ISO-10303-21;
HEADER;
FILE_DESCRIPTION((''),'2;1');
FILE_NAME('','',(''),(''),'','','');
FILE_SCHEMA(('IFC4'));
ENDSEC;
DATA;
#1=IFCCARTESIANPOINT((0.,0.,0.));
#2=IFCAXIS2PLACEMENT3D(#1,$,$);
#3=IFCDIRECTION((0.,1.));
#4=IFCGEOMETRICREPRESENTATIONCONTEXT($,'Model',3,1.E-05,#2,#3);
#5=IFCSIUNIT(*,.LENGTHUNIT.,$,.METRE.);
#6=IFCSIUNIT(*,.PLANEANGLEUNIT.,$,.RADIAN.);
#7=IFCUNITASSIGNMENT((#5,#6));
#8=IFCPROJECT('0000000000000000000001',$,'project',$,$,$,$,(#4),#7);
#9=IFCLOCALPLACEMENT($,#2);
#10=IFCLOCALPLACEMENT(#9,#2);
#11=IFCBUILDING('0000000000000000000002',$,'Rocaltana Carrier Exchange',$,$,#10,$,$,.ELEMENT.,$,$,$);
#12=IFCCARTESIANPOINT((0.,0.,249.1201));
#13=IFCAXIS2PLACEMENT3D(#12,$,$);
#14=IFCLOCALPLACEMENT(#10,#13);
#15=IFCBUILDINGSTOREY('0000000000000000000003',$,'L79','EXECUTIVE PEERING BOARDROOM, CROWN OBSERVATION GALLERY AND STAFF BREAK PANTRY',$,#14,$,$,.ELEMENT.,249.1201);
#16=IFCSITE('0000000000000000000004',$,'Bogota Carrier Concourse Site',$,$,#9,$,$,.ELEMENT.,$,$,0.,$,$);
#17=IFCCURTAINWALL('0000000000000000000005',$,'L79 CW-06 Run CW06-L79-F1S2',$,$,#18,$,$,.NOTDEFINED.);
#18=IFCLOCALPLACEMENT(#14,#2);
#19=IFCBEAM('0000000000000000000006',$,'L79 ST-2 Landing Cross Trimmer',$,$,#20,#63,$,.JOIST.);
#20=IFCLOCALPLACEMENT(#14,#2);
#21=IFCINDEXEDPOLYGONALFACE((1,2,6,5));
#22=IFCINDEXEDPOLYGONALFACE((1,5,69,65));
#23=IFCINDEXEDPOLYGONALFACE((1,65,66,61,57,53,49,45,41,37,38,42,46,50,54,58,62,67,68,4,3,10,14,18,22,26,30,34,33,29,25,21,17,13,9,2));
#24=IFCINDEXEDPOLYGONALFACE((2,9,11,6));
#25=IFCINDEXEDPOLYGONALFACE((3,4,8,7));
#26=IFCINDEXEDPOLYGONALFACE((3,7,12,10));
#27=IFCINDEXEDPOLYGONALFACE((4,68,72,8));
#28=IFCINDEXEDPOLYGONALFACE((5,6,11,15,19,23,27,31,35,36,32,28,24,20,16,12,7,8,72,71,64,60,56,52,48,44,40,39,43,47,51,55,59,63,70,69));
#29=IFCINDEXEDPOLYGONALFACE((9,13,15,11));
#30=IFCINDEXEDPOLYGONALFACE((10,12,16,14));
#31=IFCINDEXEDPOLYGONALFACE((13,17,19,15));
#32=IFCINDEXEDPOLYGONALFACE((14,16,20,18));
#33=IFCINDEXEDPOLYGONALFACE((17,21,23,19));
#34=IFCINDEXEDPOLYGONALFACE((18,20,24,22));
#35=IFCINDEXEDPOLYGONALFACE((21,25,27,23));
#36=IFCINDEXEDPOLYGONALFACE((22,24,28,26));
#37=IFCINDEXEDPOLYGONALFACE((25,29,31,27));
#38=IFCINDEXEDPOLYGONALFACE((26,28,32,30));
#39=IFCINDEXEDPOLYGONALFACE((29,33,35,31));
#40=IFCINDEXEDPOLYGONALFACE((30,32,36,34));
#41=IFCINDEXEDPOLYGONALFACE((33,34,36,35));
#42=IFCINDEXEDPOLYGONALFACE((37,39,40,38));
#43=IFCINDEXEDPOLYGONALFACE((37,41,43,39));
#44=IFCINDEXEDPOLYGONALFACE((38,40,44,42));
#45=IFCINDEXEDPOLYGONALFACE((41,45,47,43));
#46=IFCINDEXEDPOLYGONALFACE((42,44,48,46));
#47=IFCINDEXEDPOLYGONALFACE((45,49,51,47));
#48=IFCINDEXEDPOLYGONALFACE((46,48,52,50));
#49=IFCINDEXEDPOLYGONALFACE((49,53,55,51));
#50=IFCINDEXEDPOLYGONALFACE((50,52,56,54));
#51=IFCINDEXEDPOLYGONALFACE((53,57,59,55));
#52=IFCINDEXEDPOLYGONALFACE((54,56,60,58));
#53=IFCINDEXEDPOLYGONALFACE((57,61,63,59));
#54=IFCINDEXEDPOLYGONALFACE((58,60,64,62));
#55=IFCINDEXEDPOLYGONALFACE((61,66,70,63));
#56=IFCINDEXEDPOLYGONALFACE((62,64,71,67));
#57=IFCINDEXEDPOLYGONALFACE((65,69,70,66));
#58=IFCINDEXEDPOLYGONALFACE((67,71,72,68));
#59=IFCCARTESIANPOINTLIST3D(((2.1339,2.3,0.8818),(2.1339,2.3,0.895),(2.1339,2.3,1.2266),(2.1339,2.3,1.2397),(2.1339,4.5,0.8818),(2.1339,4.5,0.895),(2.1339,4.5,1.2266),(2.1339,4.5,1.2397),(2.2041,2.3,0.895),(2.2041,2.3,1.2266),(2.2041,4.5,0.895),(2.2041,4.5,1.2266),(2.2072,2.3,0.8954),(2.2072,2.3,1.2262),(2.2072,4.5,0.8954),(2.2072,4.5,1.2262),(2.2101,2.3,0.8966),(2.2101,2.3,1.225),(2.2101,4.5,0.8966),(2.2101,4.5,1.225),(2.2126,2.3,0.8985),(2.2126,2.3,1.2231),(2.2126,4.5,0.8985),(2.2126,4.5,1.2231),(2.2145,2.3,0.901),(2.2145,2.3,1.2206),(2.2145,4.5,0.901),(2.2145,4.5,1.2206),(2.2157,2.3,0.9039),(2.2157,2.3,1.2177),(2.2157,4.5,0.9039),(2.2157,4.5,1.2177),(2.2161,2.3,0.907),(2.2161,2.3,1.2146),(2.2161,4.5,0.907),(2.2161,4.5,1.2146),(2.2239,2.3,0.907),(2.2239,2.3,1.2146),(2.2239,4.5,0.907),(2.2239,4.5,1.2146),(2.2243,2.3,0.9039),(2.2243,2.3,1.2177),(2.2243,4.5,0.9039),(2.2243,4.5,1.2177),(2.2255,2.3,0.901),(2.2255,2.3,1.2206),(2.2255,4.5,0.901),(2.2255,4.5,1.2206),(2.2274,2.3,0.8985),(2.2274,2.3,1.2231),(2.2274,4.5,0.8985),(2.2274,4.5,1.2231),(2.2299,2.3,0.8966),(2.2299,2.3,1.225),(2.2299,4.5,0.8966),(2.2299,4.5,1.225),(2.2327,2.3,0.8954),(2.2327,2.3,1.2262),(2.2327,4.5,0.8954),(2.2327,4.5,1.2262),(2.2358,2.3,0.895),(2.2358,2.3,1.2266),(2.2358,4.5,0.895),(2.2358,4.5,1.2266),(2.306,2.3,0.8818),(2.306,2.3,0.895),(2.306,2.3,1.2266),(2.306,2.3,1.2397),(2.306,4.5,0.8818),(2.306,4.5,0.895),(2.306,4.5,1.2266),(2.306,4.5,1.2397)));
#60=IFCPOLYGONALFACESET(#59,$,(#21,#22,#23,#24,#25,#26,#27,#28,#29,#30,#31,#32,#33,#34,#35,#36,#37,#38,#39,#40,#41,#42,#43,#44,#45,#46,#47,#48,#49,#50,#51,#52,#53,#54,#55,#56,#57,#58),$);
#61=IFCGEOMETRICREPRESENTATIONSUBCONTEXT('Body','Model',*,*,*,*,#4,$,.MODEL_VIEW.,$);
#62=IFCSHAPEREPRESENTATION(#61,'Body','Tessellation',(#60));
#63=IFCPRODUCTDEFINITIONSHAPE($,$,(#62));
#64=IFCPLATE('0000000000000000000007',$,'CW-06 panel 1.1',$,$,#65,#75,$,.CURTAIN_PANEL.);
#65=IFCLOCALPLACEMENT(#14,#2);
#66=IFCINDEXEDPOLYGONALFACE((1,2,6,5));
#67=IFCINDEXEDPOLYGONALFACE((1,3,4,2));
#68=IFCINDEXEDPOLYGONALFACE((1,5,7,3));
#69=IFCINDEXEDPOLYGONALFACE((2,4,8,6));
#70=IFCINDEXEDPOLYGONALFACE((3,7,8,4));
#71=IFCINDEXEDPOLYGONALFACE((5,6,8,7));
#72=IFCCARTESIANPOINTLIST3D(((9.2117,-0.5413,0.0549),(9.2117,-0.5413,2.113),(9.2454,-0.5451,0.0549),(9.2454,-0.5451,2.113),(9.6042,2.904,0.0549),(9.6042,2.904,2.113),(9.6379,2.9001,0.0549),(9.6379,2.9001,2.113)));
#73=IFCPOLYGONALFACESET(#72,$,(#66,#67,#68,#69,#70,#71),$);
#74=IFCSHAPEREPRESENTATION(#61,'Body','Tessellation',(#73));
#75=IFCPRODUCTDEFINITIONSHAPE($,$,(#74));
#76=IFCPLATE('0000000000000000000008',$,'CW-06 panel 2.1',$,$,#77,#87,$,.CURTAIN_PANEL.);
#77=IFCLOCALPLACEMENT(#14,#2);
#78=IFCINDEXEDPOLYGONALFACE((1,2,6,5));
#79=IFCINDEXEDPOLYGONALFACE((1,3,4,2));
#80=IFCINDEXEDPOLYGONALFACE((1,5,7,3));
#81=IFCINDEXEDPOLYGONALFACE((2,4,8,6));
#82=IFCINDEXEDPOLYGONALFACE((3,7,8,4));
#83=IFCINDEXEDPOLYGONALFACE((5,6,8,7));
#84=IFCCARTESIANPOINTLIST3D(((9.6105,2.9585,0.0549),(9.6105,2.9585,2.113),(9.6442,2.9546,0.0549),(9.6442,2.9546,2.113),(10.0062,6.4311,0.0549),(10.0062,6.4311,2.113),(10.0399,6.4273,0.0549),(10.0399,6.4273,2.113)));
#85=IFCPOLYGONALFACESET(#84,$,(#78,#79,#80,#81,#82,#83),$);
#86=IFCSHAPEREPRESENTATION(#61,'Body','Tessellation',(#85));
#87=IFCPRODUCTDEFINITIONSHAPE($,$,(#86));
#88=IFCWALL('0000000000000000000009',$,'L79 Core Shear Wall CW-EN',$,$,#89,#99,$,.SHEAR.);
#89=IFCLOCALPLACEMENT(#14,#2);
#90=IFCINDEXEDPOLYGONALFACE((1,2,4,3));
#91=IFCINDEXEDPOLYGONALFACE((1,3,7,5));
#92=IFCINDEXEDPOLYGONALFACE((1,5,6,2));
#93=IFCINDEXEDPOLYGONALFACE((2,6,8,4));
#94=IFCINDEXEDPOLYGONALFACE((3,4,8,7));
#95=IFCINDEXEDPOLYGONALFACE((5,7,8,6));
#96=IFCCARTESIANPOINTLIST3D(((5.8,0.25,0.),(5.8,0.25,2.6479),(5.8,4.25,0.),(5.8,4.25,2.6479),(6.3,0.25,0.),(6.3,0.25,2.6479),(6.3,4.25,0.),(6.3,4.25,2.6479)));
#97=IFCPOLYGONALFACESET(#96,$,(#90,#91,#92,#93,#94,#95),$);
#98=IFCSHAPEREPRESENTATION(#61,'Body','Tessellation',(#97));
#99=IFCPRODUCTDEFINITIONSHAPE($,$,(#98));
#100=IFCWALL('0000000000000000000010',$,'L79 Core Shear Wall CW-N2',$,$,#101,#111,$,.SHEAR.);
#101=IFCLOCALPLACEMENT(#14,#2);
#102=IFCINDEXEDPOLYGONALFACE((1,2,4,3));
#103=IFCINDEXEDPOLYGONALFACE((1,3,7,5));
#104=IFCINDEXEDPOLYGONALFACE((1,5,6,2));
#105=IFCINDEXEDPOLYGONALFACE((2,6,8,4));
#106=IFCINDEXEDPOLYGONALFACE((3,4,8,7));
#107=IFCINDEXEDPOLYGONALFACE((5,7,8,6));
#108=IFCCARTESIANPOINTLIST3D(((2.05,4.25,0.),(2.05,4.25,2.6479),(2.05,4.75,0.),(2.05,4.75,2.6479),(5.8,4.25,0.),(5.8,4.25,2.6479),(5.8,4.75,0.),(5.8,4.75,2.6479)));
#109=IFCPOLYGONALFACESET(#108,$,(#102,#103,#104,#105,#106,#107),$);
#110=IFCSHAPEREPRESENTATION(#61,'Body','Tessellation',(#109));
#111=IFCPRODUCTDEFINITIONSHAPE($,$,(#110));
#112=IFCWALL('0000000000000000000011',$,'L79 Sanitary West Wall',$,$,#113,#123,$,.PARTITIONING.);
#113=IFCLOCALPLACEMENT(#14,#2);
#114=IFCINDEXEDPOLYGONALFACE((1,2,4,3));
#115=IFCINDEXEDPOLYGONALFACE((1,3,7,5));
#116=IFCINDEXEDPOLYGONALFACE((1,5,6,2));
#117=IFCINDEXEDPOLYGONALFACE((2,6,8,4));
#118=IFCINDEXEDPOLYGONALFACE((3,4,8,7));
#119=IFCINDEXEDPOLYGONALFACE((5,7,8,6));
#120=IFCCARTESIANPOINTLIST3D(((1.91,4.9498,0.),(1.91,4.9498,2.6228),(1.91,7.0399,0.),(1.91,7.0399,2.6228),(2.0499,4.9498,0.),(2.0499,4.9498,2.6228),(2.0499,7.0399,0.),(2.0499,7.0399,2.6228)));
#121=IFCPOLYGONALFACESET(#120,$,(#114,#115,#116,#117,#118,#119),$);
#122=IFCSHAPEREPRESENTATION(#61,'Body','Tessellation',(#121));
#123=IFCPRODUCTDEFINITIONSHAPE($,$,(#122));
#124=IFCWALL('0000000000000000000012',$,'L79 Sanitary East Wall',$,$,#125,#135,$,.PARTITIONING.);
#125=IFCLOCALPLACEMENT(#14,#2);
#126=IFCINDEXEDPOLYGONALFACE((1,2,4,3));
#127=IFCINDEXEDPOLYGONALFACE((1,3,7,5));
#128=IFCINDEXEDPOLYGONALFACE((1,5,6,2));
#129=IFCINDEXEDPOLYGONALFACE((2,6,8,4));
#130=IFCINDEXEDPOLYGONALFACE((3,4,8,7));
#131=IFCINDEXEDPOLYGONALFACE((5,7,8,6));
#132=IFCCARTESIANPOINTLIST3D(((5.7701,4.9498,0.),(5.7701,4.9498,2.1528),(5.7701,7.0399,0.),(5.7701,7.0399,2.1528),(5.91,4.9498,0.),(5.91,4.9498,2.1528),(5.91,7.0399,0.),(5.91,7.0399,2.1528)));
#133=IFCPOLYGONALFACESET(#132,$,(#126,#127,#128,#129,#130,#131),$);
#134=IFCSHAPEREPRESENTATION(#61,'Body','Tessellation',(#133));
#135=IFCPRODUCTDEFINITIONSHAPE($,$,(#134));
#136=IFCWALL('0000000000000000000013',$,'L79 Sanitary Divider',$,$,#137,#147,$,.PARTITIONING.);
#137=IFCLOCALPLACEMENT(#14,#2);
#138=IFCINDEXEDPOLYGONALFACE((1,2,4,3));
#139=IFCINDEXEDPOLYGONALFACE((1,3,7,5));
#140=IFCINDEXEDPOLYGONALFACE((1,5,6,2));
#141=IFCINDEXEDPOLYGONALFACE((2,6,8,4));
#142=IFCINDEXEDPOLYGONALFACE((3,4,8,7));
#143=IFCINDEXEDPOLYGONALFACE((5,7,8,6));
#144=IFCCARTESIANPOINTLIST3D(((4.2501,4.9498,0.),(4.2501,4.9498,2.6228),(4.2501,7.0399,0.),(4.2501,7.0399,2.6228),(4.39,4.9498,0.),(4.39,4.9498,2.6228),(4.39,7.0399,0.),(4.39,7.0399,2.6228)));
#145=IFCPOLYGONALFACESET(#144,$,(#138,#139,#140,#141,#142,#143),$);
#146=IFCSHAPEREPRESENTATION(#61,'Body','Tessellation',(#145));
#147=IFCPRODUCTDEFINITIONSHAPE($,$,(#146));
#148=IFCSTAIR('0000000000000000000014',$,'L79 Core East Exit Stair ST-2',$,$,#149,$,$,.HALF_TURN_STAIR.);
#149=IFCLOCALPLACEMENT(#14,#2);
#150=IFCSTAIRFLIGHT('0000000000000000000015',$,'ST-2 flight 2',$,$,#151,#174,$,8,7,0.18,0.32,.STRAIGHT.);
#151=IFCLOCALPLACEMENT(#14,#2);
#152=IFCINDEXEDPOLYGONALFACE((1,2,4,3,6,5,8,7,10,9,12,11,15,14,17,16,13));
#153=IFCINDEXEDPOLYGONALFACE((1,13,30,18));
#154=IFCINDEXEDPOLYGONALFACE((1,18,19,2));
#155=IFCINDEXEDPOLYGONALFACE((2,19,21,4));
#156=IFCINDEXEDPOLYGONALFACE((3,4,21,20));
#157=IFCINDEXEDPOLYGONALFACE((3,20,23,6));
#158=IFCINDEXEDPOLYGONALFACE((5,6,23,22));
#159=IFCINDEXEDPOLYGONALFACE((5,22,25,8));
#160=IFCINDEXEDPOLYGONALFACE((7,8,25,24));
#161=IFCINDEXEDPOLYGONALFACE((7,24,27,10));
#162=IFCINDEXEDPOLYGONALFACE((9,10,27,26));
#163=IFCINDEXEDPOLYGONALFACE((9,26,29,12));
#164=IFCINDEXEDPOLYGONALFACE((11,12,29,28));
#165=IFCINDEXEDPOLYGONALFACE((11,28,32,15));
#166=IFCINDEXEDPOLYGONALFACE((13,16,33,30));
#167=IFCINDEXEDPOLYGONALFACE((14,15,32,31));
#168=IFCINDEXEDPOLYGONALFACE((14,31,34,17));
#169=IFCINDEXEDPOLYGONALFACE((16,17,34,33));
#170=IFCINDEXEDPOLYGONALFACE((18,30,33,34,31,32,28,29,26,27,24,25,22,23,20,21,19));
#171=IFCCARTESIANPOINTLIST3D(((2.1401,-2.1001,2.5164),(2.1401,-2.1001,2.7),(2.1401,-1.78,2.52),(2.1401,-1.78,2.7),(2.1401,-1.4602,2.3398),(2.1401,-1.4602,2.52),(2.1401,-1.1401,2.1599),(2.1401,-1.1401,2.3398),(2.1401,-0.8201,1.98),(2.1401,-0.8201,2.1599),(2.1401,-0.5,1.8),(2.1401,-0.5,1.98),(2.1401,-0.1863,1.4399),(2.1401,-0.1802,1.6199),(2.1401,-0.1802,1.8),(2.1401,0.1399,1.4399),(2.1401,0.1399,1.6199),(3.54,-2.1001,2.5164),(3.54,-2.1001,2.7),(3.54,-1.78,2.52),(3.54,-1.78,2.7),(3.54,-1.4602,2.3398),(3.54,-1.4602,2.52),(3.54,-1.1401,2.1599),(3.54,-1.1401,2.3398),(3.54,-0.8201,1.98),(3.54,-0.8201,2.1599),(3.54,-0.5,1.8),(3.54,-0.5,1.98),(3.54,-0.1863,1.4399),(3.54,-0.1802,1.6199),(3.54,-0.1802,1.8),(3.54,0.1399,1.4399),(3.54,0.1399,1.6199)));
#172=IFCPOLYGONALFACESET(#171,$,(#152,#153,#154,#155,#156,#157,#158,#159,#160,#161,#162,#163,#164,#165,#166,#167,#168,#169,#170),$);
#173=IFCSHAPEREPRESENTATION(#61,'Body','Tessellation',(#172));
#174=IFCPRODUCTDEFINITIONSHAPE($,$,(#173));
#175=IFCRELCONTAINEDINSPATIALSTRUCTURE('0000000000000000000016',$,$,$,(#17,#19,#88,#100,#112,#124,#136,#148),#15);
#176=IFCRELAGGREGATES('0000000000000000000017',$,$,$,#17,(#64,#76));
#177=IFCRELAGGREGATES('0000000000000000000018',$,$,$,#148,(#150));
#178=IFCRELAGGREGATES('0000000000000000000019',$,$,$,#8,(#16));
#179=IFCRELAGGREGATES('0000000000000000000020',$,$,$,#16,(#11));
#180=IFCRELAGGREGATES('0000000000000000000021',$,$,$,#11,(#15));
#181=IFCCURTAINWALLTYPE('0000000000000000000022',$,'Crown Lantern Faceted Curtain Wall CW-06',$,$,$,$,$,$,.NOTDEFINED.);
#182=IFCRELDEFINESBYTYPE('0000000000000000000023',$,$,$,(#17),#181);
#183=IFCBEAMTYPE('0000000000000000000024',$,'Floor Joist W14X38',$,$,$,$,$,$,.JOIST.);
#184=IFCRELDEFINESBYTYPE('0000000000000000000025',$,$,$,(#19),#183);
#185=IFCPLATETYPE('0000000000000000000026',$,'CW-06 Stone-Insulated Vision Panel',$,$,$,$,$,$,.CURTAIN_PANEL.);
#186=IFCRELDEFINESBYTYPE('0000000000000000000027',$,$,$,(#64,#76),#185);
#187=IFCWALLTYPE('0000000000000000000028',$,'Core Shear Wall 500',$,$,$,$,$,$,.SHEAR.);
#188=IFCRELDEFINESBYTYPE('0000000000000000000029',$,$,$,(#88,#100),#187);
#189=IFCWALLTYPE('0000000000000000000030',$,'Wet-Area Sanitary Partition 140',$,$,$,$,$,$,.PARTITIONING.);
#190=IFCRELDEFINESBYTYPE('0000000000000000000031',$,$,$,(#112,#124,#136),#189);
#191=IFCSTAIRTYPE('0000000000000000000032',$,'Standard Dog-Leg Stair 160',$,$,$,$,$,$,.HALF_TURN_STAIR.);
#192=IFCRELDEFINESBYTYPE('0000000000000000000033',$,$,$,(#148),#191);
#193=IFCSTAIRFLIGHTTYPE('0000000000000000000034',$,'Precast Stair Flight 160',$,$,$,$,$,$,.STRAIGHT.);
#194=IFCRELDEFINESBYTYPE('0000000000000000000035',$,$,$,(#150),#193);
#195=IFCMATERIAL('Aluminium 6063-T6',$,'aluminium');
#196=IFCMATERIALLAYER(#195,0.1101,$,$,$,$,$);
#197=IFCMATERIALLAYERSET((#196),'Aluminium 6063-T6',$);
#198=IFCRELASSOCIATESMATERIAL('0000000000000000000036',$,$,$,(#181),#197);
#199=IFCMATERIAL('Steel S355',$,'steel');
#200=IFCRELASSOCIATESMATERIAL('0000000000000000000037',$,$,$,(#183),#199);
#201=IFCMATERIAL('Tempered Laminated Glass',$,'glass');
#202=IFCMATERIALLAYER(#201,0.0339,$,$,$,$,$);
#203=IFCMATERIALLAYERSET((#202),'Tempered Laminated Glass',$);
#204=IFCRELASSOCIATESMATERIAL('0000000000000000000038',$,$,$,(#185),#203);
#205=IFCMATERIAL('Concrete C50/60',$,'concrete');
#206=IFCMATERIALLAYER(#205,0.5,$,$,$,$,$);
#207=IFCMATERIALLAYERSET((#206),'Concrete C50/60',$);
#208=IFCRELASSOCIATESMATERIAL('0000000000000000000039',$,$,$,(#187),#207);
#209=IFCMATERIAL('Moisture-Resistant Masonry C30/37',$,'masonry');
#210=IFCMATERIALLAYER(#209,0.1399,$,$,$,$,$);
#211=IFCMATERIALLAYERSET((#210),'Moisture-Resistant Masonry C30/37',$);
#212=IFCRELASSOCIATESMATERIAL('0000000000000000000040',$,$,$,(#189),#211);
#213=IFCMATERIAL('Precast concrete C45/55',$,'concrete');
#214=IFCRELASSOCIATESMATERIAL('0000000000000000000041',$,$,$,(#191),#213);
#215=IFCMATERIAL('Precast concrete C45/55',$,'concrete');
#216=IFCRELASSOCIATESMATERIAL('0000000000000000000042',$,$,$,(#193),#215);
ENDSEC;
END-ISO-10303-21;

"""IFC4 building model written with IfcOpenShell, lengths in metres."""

from ifc_helpers import new_model, si_unit, direction, frame, frame_2d, origin, origin_2d, place, context, subcontext, project, spatial, polyline, rectangle, i_section, outline, extrude, material, layer, layer_set, material_profile, profile_set, type_object, element, aggregate, save


model = new_model("IFC4")

# Units and contexts
model_context = context("Model", 3, precision=1e-05, world=origin(), true_north=direction((0.0, 1.0)))
body_context = subcontext(model_context, "Body", "Model", "MODEL_VIEW")
ifc_project = project(units=[si_unit("LENGTHUNIT", "METRE"), si_unit("PLANEANGLEUNIT", "RADIAN")], contexts=[model_context])

# Site, building, storey
site_placement = place(None, origin())
site = spatial("IfcSite", under=ifc_project, at=site_placement, Name="Bogota Carrier Concourse Site", CompositionType="ELEMENT", RefElevation=0.0)
building_placement = place(site_placement, origin())
building = spatial("IfcBuilding", under=site, at=building_placement, Name="Rocaltana Carrier Exchange", CompositionType="ELEMENT")
storey_placement = place(building_placement, frame((0.0, 0.0, 249.1201)))
storey = spatial("IfcBuildingStorey", under=building, at=storey_placement, Name="L79", Description="EXECUTIVE PEERING BOARDROOM, CROWN OBSERVATION GALLERY AND STAFF BREAK PANTRY", CompositionType="ELEMENT", Elevation=249.1201)

# Curtain wall
ifc_material_1 = material(Name="Aluminium 6063-T6", Category="aluminium")
ifc_layer_1 = layer(ifc_material_1, 0.1101)
ifc_layer_set_1 = layer_set([ifc_layer_1], Name="Aluminium 6063-T6")
curtain_wall_type = type_object("IfcCurtainWallType", Name="Crown Lantern Faceted Curtain Wall CW-06", PredefinedType="NOTDEFINED", material=ifc_layer_set_1)
curtain_wall_placement = place(storey_placement, origin())
curtain_wall = element("IfcCurtainWall", 1, at=curtain_wall_placement, inside=storey, type_object=curtain_wall_type, Name="L79 CW-06 Run CW06-L79-F1S2", PredefinedType="NOTDEFINED")

# Beam
ifc_material_2 = material(Name="Steel S355", Category="steel")
ifc_material_profile_1 = material_profile(ifc_material_2, i_section(OverallWidth=0.1721, OverallDepth=0.3579, WebThickness=0.0078, FlangeThickness=0.0132, FilletRadius=0.012, at=origin_2d()), Name="W14X38")
ifc_profile_set_1 = profile_set([ifc_material_profile_1], Name="Steel S355")
beam_type_1 = type_object("IfcBeamType", Name="Floor Joist W14X38", PredefinedType="JOIST", material=ifc_profile_set_1)
beam_1_placement = place(storey_placement, frame((2.22, 2.3, 1.0608), z_axis=(0.0, 1.0, 0.0), x_axis=(-1.0, 0.0, 0.0)))
element("IfcBeam", 2, at=beam_1_placement, inside=storey, type_object=beam_type_1, Name="L79 ST-2 Landing Cross Trimmer", PredefinedType="JOIST", context=body_context, shape_type="SweptSolid", body=[
    extrude(i_section(OverallWidth=0.1721, OverallDepth=0.3579, WebThickness=0.0078, FlangeThickness=0.0132, FilletRadius=0.012, at=origin_2d()), origin(), (0.0, 0.0, 1.0), 2.2),
])

# Plates
ifc_material_3 = material(Name="Tempered Laminated Glass", Category="glass")
ifc_layer_2 = layer(ifc_material_3, 0.0339)
ifc_layer_set_2 = layer_set([ifc_layer_2], Name="Tempered Laminated Glass")
plate_type = type_object("IfcPlateType", Name="CW-06 Stone-Insulated Vision Panel", PredefinedType="CURTAIN_PANEL", material=ifc_layer_set_2)
plate_1_placement = place(storey_placement, frame((9.4248, 1.1794, 0.0549), z_axis=(0.0, 0.0, 1.0), x_axis=(0.113204, 0.993572, 0.0)))
plate_1 = element("IfcPlate", 3, at=plate_1_placement, type_object=plate_type, Name="CW-06 panel 1.1", PredefinedType="CURTAIN_PANEL", context=body_context, shape_type="SweptSolid", body=[
    extrude(rectangle(XDim=3.4675, YDim=0.0339, at=origin_2d()), origin(), (0.0, 0.0, 1.0), 2.0581),
])
plate_2_placement = place(storey_placement, frame((9.8252, 4.6929, 0.0549), z_axis=(0.0, 0.0, 1.0), x_axis=(0.113204, 0.993572, 0.0)))
plate_2 = element("IfcPlate", 4, at=plate_2_placement, type_object=plate_type, Name="CW-06 panel 2.1", PredefinedType="CURTAIN_PANEL", context=body_context, shape_type="SweptSolid", body=[
    extrude(rectangle(XDim=3.4951, YDim=0.0339, at=origin_2d()), origin(), (0.0, 0.0, 1.0), 2.0581),
])
aggregate(curtain_wall, [plate_1, plate_2])

# Walls
ifc_material_4 = material(Name="Concrete C50/60", Category="concrete")
ifc_layer_3 = layer(ifc_material_4, 0.5)
ifc_layer_set_3 = layer_set([ifc_layer_3], Name="Concrete C50/60")
wall_type_1 = type_object("IfcWallType", Name="Core Shear Wall 500", PredefinedType="SHEAR", material=ifc_layer_set_3)
wall_1_placement = place(storey_placement, frame((6.05, 0.25, 0.0), z_axis=(0.0, 0.0, 1.0), x_axis=(0.0, 1.0, 0.0)))
element("IfcWall", 5, at=wall_1_placement, inside=storey, type_object=wall_type_1, Name="L79 Core Shear Wall CW-EN", PredefinedType="SHEAR", context=body_context, shape_type="SweptSolid", body=[
    extrude(rectangle(XDim=4.0, YDim=0.5, at=frame_2d((2.0, 0.0))), origin(), (0.0, 0.0, 1.0), 2.6479),
])
wall_2_placement = place(storey_placement, frame((2.05, 4.5, 0.0), z_axis=(0.0, 0.0, 1.0), x_axis=(1.0, 0.0, 0.0)))
element("IfcWall", 6, at=wall_2_placement, inside=storey, type_object=wall_type_1, Name="L79 Core Shear Wall CW-N2", PredefinedType="SHEAR", context=body_context, shape_type="SweptSolid", body=[
    extrude(rectangle(XDim=3.75, YDim=0.5, at=frame_2d((1.875, 0.0))), origin(), (0.0, 0.0, 1.0), 2.6479),
])
ifc_material_5 = material(Name="Moisture-Resistant Masonry C30/37", Category="masonry")
ifc_layer_4 = layer(ifc_material_5, 0.1399)
ifc_layer_set_4 = layer_set([ifc_layer_4], Name="Moisture-Resistant Masonry C30/37")
wall_type_2 = type_object("IfcWallType", Name="Wet-Area Sanitary Partition 140", PredefinedType="PARTITIONING", material=ifc_layer_set_4)
wall_3_placement = place(storey_placement, frame((1.98, 4.95, 0.0), z_axis=(0.0, 0.0, 1.0), x_axis=(0.0, 1.0, 0.0)))
element("IfcWall", 7, at=wall_3_placement, inside=storey, type_object=wall_type_2, Name="L79 Sanitary West Wall", PredefinedType="PARTITIONING", context=body_context, shape_type="SweptSolid", body=[
    extrude(rectangle(XDim=2.0901, YDim=0.1399, at=frame_2d((1.0449, 0.0))), origin(), (0.0, 0.0, 1.0), 2.6228),
])
wall_4_placement = place(storey_placement, frame((5.8401, 4.95, 0.0), z_axis=(0.0, 0.0, 1.0), x_axis=(0.0, 1.0, 0.0)))
element("IfcWall", 8, at=wall_4_placement, inside=storey, type_object=wall_type_2, Name="L79 Sanitary East Wall", PredefinedType="PARTITIONING", context=body_context, shape_type="SweptSolid", body=[
    extrude(rectangle(XDim=2.0901, YDim=0.1399, at=frame_2d((1.0449, 0.0))), origin(), (0.0, 0.0, 1.0), 2.1528),
])
wall_5_placement = place(storey_placement, frame((4.3201, 4.95, 0.0), z_axis=(0.0, 0.0, 1.0), x_axis=(0.0, 1.0, 0.0)))
element("IfcWall", 9, at=wall_5_placement, inside=storey, type_object=wall_type_2, Name="L79 Sanitary Divider", PredefinedType="PARTITIONING", context=body_context, shape_type="SweptSolid", body=[
    extrude(rectangle(XDim=2.0901, YDim=0.1399, at=frame_2d((1.0449, 0.0))), origin(), (0.0, 0.0, 1.0), 2.6228),
])

# Stair, stair flight
ifc_material_6 = material(Name="Precast concrete C45/55", Category="concrete")
stair_type = type_object("IfcStairType", Name="Standard Dog-Leg Stair 160", PredefinedType="HALF_TURN_STAIR", material=ifc_material_6)
stair_placement = place(storey_placement, origin())
stair = element("IfcStair", 10, at=stair_placement, inside=storey, type_object=stair_type, Name="L79 Core East Exit Stair ST-2", PredefinedType="HALF_TURN_STAIR")
ifc_material_7 = material(Name="Precast concrete C45/55", Category="concrete")
stair_flight_type = type_object("IfcStairFlightType", Name="Precast Stair Flight 160", PredefinedType="STRAIGHT", material=ifc_material_7)
stair_flight_placement = place(storey_placement, frame((2.8401, 0.1399, 1.4399), z_axis=(0.0, 0.0, 1.0), x_axis=(0.0, -1.0, 0.0)))
stair_flight = element("IfcStairFlight", 11, at=stair_flight_placement, type_object=stair_flight_type, Name="ST-2 flight 2", NumberOfRisers=8, NumberOfTreads=7, PredefinedType="STRAIGHT", RiserHeight=0.18, TreadLength=0.32, context=body_context, shape_type="SweptSolid", body=[
    extrude(outline(polyline([(0.0, 0.0), (0.0, 0.1799), (0.3201, 0.1799), (0.3201, 0.3601), (0.6399, 0.3601), (0.6399, 0.54), (0.96, 0.54), (0.96, 0.72), (1.28, 0.72), (1.28, 0.8999), (1.6001, 0.8999), (1.6001, 1.0801), (1.9199, 1.0801), (1.9199, 1.26), (2.24, 1.26), (2.24, 1.4399), (2.24, 1.0764), (0.3262, 0.0), (0.0, 0.0)])), frame((0.0, 0.7, 0.0), z_axis=(0.0, -1.0, 0.0), x_axis=(1.0, 0.0, 0.0)), (0.0, 0.0, 1.0), 1.3999),
])
aggregate(stair, [stair_flight])

save(model, "model.ifc")
